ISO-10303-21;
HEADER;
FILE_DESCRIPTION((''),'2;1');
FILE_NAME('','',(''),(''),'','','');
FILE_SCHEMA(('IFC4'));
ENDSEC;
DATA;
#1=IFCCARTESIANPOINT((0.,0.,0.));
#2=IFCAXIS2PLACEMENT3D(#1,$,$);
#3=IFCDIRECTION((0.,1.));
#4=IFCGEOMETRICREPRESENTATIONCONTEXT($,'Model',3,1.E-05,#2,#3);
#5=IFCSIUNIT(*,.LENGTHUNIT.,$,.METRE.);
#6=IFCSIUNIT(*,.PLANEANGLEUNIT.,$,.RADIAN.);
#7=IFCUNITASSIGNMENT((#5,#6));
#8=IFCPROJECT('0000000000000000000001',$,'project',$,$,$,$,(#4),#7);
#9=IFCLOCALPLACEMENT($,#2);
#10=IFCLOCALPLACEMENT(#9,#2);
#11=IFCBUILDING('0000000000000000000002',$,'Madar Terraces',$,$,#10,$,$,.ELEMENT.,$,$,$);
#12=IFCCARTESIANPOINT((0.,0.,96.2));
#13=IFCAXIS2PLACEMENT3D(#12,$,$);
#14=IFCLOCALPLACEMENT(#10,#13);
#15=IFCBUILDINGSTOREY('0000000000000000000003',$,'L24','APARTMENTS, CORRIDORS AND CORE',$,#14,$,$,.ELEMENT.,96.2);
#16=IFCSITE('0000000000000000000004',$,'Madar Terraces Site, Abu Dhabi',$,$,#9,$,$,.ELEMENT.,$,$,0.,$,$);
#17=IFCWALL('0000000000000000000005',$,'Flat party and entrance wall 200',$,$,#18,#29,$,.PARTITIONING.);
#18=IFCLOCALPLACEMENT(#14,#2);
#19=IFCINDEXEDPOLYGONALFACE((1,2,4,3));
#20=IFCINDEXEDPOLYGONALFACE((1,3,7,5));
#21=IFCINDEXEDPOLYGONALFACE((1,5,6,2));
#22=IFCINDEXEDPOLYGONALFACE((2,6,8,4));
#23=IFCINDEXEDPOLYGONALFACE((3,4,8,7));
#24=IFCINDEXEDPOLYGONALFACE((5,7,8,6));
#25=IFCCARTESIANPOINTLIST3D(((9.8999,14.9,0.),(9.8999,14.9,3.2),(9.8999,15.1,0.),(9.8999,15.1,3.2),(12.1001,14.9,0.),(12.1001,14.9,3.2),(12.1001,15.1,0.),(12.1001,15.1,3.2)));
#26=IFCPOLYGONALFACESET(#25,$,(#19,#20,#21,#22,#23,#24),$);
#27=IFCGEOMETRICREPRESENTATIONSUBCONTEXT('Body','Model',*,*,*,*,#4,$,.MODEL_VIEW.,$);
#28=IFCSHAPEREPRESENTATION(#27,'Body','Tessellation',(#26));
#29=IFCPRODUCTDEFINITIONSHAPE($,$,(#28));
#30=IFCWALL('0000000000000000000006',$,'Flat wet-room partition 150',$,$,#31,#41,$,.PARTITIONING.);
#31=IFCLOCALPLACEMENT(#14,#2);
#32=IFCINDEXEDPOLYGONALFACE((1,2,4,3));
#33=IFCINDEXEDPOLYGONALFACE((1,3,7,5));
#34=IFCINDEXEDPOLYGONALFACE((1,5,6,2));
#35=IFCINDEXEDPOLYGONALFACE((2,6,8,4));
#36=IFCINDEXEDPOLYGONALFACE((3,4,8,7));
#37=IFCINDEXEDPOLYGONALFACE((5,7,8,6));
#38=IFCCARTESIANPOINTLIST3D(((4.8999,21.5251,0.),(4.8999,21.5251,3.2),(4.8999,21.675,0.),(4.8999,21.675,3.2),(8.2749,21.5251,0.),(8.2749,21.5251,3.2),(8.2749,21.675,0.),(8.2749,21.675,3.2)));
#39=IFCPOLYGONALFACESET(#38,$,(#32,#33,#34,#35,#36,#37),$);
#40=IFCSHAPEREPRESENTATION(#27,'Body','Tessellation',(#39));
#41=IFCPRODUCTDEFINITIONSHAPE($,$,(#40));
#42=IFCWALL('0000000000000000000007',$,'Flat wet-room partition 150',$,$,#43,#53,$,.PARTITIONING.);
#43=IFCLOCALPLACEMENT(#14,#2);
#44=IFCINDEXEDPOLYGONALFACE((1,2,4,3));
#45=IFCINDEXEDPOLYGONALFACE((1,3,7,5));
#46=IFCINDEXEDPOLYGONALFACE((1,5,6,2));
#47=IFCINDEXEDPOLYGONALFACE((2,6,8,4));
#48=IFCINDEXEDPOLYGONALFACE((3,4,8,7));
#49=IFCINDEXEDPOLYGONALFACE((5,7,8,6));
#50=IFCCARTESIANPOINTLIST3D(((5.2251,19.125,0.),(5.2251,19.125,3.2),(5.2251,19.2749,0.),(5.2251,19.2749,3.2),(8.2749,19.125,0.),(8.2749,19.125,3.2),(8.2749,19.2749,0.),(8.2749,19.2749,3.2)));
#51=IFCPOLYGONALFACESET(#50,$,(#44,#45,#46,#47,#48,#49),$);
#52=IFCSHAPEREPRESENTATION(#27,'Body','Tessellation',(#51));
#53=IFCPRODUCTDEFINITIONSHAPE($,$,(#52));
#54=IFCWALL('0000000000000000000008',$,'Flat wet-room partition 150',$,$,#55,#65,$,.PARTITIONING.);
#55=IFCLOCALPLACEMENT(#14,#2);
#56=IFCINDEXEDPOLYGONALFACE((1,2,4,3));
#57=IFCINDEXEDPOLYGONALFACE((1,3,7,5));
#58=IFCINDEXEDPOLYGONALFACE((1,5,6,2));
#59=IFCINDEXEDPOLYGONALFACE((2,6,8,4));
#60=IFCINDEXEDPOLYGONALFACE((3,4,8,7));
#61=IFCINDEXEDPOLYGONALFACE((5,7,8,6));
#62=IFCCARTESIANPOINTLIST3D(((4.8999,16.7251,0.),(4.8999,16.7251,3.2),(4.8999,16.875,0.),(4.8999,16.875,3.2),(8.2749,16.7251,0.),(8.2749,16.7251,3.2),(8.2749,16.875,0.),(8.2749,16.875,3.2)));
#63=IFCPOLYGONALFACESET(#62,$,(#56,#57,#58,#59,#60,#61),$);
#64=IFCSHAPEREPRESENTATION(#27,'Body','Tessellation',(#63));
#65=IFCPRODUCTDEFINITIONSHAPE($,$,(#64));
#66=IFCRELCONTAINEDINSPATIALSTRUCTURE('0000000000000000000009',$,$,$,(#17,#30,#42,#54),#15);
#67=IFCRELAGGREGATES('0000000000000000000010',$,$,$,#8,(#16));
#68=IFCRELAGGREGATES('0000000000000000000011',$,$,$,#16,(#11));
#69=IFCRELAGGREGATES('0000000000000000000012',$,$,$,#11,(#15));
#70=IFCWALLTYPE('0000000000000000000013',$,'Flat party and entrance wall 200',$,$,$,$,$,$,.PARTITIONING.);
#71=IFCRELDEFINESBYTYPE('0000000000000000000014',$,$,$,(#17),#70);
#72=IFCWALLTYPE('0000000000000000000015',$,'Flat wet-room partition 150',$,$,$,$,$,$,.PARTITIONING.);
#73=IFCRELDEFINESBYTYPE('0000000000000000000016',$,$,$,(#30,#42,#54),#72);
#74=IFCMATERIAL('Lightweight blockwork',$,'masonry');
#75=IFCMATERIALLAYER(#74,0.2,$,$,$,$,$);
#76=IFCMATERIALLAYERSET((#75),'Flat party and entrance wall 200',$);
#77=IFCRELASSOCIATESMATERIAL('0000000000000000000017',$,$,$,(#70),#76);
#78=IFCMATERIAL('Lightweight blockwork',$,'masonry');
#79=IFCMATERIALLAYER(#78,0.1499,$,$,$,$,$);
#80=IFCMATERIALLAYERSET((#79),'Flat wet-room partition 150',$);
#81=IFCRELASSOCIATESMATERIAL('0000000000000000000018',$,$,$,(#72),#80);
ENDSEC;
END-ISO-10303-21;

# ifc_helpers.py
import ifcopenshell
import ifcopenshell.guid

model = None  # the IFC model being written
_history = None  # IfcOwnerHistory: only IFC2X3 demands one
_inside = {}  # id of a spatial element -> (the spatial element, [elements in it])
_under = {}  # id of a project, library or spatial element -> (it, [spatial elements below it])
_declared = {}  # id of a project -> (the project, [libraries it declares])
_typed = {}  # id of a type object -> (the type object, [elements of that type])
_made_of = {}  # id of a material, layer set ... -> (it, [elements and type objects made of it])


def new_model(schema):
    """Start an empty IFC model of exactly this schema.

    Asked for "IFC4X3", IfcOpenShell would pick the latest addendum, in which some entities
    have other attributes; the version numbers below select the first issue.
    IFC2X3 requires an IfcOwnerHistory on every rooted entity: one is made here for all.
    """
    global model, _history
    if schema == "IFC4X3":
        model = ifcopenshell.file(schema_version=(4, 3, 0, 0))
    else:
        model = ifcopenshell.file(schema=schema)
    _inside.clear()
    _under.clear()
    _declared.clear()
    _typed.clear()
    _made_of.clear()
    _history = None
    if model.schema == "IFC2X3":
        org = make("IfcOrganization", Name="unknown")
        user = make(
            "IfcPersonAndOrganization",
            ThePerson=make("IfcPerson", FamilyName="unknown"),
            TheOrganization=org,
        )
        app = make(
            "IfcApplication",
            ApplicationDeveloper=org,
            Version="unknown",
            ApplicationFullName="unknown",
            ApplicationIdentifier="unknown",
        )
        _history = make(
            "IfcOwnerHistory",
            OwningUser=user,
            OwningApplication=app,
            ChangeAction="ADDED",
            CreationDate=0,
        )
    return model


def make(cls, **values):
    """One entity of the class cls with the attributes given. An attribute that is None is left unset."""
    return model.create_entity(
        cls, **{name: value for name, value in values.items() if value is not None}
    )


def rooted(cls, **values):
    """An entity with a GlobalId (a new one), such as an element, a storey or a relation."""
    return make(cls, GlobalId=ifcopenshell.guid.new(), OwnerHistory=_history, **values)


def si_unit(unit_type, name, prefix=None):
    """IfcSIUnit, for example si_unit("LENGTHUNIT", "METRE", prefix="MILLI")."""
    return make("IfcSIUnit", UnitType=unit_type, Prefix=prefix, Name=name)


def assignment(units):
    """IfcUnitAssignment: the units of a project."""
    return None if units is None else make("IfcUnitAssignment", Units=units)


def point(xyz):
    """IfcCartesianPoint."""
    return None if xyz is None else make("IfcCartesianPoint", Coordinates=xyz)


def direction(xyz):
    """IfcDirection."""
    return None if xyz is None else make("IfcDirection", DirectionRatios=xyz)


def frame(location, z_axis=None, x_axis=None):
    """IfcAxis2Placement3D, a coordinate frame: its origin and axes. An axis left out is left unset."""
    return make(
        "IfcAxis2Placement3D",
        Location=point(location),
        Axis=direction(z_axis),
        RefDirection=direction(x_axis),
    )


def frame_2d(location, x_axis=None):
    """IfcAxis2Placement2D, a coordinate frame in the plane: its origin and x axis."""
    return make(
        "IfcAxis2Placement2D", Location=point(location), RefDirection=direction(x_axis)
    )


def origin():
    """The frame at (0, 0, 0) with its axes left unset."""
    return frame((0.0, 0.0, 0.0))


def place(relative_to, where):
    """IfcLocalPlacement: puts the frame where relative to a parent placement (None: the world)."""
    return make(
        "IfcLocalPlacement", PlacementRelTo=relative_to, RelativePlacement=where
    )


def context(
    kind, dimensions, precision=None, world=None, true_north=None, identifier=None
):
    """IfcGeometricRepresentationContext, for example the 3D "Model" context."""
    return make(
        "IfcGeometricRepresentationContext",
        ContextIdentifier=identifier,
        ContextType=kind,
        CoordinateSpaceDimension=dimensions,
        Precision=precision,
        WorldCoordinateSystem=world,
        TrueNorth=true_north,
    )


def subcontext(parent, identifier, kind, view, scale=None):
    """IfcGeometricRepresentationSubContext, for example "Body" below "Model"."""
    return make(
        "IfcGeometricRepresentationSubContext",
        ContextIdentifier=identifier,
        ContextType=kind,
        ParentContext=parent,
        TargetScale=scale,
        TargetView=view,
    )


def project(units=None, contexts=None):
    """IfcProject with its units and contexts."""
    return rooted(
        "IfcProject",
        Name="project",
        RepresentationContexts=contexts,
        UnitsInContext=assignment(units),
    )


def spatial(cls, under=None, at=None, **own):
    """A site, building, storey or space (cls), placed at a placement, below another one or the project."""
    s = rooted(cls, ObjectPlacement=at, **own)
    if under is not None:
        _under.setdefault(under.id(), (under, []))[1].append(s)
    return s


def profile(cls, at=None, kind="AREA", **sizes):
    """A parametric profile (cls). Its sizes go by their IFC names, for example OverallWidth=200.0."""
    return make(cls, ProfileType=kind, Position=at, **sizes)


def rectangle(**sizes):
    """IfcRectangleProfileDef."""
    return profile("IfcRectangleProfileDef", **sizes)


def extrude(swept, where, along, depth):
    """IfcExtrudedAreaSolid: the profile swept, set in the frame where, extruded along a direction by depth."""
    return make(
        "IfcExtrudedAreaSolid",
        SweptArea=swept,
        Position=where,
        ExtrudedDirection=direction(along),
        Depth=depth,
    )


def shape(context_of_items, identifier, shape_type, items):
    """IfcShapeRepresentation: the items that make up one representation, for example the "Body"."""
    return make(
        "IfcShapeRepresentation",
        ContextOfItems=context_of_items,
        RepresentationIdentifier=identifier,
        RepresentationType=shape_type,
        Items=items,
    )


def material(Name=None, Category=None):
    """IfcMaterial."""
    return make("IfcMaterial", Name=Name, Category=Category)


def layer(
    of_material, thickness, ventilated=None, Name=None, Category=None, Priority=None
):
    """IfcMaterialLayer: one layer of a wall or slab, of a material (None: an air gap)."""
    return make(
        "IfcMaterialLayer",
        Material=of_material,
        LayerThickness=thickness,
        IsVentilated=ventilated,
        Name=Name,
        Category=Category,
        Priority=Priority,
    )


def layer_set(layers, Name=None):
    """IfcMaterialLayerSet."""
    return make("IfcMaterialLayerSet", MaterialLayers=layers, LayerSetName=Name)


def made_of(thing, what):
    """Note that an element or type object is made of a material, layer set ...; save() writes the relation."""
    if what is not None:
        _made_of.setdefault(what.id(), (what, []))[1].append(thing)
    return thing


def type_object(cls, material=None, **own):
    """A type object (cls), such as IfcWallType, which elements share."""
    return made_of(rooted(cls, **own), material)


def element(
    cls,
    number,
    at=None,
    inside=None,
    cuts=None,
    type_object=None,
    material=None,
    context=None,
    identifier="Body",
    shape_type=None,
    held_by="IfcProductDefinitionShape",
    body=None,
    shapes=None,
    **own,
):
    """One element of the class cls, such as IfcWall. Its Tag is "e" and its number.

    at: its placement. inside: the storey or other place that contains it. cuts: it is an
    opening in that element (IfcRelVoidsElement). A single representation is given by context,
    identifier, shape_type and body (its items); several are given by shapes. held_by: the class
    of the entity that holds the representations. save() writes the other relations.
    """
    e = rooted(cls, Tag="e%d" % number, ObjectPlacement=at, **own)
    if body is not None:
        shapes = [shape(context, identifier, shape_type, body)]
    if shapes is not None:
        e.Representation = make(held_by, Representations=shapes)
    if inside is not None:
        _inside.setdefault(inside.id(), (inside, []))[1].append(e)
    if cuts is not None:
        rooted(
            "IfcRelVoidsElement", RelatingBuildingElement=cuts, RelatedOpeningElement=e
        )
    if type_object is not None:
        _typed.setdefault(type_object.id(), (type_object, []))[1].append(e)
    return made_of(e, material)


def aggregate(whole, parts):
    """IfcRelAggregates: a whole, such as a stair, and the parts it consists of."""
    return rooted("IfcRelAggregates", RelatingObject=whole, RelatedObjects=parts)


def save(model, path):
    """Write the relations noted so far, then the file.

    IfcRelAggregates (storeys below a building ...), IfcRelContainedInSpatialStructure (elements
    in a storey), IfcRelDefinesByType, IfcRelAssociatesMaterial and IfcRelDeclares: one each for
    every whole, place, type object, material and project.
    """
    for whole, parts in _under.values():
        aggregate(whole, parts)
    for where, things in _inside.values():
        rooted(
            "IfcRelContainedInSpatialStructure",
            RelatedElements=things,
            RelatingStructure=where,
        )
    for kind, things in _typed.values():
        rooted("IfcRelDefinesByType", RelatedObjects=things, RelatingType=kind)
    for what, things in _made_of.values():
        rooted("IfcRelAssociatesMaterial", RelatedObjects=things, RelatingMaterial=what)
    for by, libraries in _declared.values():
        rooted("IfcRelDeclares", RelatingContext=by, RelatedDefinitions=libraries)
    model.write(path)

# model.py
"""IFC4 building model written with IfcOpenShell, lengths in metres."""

from ifc_helpers import new_model, si_unit, direction, frame, frame_2d, origin, place, context, subcontext, project, spatial, rectangle, extrude, material, layer, layer_set, type_object, element, save


model = new_model("IFC4")

# Units and contexts
model_context = context("Model", 3, precision=1e-05, world=origin(), true_north=direction((0.0, 1.0)))
body_context = subcontext(model_context, "Body", "Model", "MODEL_VIEW")
ifc_project = project(units=[si_unit("LENGTHUNIT", "METRE"), si_unit("PLANEANGLEUNIT", "RADIAN")], contexts=[model_context])

# Site, building, storey
site_placement = place(None, origin())
site = spatial("IfcSite", under=ifc_project, at=site_placement, Name="Madar Terraces Site, Abu Dhabi", CompositionType="ELEMENT", RefElevation=0.0)
building_placement = place(site_placement, origin())
building = spatial("IfcBuilding", under=site, at=building_placement, Name="Madar Terraces", CompositionType="ELEMENT")
storey_placement = place(building_placement, frame((0.0, 0.0, 96.2)))
storey = spatial("IfcBuildingStorey", under=building, at=storey_placement, Name="L24", Description="APARTMENTS, CORRIDORS AND CORE", CompositionType="ELEMENT", Elevation=96.2)

# Shared definitions
ifc_material_1 = material(Name="Lightweight blockwork", Category="masonry")
ifc_layer_1 = layer(ifc_material_1, 0.2)
ifc_layer_set_1 = layer_set([ifc_layer_1], Name="Flat party and entrance wall 200")
wall_type_1 = type_object("IfcWallType", Name="Flat party and entrance wall 200", PredefinedType="PARTITIONING", material=ifc_layer_set_1)

# Walls
wall_1_placement = place(storey_placement, frame((9.8999, 15.0, 0.0), z_axis=(0.0, 0.0, 1.0), x_axis=(1.0, 0.0, 0.0)))
element("IfcWall", 1, at=wall_1_placement, inside=storey, type_object=wall_type_1, Name="Flat party and entrance wall 200", PredefinedType="PARTITIONING", context=body_context, shape_type="SweptSolid", body=[
    extrude(rectangle(XDim=2.2002, YDim=0.2, at=frame_2d((1.1001, 0.0))), origin(), (0.0, 0.0, 1.0), 3.2),
])
ifc_material_2 = material(Name="Lightweight blockwork", Category="masonry")
ifc_layer_2 = layer(ifc_material_2, 0.1499)
ifc_layer_set_2 = layer_set([ifc_layer_2], Name="Flat wet-room partition 150")
wall_type_2 = type_object("IfcWallType", Name="Flat wet-room partition 150", PredefinedType="PARTITIONING", material=ifc_layer_set_2)
wall_2_placement = place(storey_placement, frame((8.2749, 21.6001, 0.0), z_axis=(0.0, 0.0, 1.0), x_axis=(-1.0, 0.0, 0.0)))
element("IfcWall", 2, at=wall_2_placement, inside=storey, type_object=wall_type_2, Name="Flat wet-room partition 150", PredefinedType="PARTITIONING", context=body_context, shape_type="SweptSolid", body=[
    extrude(rectangle(XDim=3.375, YDim=0.1499, at=frame_2d((1.6875, 0.0))), origin(), (0.0, 0.0, 1.0), 3.2),
])
wall_3_placement = place(storey_placement, frame((8.2749, 19.2, 0.0), z_axis=(0.0, 0.0, 1.0), x_axis=(-1.0, 0.0, 0.0)))
element("IfcWall", 3, at=wall_3_placement, inside=storey, type_object=wall_type_2, Name="Flat wet-room partition 150", PredefinedType="PARTITIONING", context=body_context, shape_type="SweptSolid", body=[
    extrude(rectangle(XDim=3.0498, YDim=0.1499, at=frame_2d((1.5249, 0.0))), origin(), (0.0, 0.0, 1.0), 3.2),
])
wall_4_placement = place(storey_placement, frame((8.2749, 16.8, 0.0), z_axis=(0.0, 0.0, 1.0), x_axis=(-1.0, 0.0, 0.0)))
element("IfcWall", 4, at=wall_4_placement, inside=storey, type_object=wall_type_2, Name="Flat wet-room partition 150", PredefinedType="PARTITIONING", context=body_context, shape_type="SweptSolid", body=[
    extrude(rectangle(XDim=3.375, YDim=0.1499, at=frame_2d((1.6875, 0.0))), origin(), (0.0, 0.0, 1.0), 3.2),
])

save(model, "model.ifc")
